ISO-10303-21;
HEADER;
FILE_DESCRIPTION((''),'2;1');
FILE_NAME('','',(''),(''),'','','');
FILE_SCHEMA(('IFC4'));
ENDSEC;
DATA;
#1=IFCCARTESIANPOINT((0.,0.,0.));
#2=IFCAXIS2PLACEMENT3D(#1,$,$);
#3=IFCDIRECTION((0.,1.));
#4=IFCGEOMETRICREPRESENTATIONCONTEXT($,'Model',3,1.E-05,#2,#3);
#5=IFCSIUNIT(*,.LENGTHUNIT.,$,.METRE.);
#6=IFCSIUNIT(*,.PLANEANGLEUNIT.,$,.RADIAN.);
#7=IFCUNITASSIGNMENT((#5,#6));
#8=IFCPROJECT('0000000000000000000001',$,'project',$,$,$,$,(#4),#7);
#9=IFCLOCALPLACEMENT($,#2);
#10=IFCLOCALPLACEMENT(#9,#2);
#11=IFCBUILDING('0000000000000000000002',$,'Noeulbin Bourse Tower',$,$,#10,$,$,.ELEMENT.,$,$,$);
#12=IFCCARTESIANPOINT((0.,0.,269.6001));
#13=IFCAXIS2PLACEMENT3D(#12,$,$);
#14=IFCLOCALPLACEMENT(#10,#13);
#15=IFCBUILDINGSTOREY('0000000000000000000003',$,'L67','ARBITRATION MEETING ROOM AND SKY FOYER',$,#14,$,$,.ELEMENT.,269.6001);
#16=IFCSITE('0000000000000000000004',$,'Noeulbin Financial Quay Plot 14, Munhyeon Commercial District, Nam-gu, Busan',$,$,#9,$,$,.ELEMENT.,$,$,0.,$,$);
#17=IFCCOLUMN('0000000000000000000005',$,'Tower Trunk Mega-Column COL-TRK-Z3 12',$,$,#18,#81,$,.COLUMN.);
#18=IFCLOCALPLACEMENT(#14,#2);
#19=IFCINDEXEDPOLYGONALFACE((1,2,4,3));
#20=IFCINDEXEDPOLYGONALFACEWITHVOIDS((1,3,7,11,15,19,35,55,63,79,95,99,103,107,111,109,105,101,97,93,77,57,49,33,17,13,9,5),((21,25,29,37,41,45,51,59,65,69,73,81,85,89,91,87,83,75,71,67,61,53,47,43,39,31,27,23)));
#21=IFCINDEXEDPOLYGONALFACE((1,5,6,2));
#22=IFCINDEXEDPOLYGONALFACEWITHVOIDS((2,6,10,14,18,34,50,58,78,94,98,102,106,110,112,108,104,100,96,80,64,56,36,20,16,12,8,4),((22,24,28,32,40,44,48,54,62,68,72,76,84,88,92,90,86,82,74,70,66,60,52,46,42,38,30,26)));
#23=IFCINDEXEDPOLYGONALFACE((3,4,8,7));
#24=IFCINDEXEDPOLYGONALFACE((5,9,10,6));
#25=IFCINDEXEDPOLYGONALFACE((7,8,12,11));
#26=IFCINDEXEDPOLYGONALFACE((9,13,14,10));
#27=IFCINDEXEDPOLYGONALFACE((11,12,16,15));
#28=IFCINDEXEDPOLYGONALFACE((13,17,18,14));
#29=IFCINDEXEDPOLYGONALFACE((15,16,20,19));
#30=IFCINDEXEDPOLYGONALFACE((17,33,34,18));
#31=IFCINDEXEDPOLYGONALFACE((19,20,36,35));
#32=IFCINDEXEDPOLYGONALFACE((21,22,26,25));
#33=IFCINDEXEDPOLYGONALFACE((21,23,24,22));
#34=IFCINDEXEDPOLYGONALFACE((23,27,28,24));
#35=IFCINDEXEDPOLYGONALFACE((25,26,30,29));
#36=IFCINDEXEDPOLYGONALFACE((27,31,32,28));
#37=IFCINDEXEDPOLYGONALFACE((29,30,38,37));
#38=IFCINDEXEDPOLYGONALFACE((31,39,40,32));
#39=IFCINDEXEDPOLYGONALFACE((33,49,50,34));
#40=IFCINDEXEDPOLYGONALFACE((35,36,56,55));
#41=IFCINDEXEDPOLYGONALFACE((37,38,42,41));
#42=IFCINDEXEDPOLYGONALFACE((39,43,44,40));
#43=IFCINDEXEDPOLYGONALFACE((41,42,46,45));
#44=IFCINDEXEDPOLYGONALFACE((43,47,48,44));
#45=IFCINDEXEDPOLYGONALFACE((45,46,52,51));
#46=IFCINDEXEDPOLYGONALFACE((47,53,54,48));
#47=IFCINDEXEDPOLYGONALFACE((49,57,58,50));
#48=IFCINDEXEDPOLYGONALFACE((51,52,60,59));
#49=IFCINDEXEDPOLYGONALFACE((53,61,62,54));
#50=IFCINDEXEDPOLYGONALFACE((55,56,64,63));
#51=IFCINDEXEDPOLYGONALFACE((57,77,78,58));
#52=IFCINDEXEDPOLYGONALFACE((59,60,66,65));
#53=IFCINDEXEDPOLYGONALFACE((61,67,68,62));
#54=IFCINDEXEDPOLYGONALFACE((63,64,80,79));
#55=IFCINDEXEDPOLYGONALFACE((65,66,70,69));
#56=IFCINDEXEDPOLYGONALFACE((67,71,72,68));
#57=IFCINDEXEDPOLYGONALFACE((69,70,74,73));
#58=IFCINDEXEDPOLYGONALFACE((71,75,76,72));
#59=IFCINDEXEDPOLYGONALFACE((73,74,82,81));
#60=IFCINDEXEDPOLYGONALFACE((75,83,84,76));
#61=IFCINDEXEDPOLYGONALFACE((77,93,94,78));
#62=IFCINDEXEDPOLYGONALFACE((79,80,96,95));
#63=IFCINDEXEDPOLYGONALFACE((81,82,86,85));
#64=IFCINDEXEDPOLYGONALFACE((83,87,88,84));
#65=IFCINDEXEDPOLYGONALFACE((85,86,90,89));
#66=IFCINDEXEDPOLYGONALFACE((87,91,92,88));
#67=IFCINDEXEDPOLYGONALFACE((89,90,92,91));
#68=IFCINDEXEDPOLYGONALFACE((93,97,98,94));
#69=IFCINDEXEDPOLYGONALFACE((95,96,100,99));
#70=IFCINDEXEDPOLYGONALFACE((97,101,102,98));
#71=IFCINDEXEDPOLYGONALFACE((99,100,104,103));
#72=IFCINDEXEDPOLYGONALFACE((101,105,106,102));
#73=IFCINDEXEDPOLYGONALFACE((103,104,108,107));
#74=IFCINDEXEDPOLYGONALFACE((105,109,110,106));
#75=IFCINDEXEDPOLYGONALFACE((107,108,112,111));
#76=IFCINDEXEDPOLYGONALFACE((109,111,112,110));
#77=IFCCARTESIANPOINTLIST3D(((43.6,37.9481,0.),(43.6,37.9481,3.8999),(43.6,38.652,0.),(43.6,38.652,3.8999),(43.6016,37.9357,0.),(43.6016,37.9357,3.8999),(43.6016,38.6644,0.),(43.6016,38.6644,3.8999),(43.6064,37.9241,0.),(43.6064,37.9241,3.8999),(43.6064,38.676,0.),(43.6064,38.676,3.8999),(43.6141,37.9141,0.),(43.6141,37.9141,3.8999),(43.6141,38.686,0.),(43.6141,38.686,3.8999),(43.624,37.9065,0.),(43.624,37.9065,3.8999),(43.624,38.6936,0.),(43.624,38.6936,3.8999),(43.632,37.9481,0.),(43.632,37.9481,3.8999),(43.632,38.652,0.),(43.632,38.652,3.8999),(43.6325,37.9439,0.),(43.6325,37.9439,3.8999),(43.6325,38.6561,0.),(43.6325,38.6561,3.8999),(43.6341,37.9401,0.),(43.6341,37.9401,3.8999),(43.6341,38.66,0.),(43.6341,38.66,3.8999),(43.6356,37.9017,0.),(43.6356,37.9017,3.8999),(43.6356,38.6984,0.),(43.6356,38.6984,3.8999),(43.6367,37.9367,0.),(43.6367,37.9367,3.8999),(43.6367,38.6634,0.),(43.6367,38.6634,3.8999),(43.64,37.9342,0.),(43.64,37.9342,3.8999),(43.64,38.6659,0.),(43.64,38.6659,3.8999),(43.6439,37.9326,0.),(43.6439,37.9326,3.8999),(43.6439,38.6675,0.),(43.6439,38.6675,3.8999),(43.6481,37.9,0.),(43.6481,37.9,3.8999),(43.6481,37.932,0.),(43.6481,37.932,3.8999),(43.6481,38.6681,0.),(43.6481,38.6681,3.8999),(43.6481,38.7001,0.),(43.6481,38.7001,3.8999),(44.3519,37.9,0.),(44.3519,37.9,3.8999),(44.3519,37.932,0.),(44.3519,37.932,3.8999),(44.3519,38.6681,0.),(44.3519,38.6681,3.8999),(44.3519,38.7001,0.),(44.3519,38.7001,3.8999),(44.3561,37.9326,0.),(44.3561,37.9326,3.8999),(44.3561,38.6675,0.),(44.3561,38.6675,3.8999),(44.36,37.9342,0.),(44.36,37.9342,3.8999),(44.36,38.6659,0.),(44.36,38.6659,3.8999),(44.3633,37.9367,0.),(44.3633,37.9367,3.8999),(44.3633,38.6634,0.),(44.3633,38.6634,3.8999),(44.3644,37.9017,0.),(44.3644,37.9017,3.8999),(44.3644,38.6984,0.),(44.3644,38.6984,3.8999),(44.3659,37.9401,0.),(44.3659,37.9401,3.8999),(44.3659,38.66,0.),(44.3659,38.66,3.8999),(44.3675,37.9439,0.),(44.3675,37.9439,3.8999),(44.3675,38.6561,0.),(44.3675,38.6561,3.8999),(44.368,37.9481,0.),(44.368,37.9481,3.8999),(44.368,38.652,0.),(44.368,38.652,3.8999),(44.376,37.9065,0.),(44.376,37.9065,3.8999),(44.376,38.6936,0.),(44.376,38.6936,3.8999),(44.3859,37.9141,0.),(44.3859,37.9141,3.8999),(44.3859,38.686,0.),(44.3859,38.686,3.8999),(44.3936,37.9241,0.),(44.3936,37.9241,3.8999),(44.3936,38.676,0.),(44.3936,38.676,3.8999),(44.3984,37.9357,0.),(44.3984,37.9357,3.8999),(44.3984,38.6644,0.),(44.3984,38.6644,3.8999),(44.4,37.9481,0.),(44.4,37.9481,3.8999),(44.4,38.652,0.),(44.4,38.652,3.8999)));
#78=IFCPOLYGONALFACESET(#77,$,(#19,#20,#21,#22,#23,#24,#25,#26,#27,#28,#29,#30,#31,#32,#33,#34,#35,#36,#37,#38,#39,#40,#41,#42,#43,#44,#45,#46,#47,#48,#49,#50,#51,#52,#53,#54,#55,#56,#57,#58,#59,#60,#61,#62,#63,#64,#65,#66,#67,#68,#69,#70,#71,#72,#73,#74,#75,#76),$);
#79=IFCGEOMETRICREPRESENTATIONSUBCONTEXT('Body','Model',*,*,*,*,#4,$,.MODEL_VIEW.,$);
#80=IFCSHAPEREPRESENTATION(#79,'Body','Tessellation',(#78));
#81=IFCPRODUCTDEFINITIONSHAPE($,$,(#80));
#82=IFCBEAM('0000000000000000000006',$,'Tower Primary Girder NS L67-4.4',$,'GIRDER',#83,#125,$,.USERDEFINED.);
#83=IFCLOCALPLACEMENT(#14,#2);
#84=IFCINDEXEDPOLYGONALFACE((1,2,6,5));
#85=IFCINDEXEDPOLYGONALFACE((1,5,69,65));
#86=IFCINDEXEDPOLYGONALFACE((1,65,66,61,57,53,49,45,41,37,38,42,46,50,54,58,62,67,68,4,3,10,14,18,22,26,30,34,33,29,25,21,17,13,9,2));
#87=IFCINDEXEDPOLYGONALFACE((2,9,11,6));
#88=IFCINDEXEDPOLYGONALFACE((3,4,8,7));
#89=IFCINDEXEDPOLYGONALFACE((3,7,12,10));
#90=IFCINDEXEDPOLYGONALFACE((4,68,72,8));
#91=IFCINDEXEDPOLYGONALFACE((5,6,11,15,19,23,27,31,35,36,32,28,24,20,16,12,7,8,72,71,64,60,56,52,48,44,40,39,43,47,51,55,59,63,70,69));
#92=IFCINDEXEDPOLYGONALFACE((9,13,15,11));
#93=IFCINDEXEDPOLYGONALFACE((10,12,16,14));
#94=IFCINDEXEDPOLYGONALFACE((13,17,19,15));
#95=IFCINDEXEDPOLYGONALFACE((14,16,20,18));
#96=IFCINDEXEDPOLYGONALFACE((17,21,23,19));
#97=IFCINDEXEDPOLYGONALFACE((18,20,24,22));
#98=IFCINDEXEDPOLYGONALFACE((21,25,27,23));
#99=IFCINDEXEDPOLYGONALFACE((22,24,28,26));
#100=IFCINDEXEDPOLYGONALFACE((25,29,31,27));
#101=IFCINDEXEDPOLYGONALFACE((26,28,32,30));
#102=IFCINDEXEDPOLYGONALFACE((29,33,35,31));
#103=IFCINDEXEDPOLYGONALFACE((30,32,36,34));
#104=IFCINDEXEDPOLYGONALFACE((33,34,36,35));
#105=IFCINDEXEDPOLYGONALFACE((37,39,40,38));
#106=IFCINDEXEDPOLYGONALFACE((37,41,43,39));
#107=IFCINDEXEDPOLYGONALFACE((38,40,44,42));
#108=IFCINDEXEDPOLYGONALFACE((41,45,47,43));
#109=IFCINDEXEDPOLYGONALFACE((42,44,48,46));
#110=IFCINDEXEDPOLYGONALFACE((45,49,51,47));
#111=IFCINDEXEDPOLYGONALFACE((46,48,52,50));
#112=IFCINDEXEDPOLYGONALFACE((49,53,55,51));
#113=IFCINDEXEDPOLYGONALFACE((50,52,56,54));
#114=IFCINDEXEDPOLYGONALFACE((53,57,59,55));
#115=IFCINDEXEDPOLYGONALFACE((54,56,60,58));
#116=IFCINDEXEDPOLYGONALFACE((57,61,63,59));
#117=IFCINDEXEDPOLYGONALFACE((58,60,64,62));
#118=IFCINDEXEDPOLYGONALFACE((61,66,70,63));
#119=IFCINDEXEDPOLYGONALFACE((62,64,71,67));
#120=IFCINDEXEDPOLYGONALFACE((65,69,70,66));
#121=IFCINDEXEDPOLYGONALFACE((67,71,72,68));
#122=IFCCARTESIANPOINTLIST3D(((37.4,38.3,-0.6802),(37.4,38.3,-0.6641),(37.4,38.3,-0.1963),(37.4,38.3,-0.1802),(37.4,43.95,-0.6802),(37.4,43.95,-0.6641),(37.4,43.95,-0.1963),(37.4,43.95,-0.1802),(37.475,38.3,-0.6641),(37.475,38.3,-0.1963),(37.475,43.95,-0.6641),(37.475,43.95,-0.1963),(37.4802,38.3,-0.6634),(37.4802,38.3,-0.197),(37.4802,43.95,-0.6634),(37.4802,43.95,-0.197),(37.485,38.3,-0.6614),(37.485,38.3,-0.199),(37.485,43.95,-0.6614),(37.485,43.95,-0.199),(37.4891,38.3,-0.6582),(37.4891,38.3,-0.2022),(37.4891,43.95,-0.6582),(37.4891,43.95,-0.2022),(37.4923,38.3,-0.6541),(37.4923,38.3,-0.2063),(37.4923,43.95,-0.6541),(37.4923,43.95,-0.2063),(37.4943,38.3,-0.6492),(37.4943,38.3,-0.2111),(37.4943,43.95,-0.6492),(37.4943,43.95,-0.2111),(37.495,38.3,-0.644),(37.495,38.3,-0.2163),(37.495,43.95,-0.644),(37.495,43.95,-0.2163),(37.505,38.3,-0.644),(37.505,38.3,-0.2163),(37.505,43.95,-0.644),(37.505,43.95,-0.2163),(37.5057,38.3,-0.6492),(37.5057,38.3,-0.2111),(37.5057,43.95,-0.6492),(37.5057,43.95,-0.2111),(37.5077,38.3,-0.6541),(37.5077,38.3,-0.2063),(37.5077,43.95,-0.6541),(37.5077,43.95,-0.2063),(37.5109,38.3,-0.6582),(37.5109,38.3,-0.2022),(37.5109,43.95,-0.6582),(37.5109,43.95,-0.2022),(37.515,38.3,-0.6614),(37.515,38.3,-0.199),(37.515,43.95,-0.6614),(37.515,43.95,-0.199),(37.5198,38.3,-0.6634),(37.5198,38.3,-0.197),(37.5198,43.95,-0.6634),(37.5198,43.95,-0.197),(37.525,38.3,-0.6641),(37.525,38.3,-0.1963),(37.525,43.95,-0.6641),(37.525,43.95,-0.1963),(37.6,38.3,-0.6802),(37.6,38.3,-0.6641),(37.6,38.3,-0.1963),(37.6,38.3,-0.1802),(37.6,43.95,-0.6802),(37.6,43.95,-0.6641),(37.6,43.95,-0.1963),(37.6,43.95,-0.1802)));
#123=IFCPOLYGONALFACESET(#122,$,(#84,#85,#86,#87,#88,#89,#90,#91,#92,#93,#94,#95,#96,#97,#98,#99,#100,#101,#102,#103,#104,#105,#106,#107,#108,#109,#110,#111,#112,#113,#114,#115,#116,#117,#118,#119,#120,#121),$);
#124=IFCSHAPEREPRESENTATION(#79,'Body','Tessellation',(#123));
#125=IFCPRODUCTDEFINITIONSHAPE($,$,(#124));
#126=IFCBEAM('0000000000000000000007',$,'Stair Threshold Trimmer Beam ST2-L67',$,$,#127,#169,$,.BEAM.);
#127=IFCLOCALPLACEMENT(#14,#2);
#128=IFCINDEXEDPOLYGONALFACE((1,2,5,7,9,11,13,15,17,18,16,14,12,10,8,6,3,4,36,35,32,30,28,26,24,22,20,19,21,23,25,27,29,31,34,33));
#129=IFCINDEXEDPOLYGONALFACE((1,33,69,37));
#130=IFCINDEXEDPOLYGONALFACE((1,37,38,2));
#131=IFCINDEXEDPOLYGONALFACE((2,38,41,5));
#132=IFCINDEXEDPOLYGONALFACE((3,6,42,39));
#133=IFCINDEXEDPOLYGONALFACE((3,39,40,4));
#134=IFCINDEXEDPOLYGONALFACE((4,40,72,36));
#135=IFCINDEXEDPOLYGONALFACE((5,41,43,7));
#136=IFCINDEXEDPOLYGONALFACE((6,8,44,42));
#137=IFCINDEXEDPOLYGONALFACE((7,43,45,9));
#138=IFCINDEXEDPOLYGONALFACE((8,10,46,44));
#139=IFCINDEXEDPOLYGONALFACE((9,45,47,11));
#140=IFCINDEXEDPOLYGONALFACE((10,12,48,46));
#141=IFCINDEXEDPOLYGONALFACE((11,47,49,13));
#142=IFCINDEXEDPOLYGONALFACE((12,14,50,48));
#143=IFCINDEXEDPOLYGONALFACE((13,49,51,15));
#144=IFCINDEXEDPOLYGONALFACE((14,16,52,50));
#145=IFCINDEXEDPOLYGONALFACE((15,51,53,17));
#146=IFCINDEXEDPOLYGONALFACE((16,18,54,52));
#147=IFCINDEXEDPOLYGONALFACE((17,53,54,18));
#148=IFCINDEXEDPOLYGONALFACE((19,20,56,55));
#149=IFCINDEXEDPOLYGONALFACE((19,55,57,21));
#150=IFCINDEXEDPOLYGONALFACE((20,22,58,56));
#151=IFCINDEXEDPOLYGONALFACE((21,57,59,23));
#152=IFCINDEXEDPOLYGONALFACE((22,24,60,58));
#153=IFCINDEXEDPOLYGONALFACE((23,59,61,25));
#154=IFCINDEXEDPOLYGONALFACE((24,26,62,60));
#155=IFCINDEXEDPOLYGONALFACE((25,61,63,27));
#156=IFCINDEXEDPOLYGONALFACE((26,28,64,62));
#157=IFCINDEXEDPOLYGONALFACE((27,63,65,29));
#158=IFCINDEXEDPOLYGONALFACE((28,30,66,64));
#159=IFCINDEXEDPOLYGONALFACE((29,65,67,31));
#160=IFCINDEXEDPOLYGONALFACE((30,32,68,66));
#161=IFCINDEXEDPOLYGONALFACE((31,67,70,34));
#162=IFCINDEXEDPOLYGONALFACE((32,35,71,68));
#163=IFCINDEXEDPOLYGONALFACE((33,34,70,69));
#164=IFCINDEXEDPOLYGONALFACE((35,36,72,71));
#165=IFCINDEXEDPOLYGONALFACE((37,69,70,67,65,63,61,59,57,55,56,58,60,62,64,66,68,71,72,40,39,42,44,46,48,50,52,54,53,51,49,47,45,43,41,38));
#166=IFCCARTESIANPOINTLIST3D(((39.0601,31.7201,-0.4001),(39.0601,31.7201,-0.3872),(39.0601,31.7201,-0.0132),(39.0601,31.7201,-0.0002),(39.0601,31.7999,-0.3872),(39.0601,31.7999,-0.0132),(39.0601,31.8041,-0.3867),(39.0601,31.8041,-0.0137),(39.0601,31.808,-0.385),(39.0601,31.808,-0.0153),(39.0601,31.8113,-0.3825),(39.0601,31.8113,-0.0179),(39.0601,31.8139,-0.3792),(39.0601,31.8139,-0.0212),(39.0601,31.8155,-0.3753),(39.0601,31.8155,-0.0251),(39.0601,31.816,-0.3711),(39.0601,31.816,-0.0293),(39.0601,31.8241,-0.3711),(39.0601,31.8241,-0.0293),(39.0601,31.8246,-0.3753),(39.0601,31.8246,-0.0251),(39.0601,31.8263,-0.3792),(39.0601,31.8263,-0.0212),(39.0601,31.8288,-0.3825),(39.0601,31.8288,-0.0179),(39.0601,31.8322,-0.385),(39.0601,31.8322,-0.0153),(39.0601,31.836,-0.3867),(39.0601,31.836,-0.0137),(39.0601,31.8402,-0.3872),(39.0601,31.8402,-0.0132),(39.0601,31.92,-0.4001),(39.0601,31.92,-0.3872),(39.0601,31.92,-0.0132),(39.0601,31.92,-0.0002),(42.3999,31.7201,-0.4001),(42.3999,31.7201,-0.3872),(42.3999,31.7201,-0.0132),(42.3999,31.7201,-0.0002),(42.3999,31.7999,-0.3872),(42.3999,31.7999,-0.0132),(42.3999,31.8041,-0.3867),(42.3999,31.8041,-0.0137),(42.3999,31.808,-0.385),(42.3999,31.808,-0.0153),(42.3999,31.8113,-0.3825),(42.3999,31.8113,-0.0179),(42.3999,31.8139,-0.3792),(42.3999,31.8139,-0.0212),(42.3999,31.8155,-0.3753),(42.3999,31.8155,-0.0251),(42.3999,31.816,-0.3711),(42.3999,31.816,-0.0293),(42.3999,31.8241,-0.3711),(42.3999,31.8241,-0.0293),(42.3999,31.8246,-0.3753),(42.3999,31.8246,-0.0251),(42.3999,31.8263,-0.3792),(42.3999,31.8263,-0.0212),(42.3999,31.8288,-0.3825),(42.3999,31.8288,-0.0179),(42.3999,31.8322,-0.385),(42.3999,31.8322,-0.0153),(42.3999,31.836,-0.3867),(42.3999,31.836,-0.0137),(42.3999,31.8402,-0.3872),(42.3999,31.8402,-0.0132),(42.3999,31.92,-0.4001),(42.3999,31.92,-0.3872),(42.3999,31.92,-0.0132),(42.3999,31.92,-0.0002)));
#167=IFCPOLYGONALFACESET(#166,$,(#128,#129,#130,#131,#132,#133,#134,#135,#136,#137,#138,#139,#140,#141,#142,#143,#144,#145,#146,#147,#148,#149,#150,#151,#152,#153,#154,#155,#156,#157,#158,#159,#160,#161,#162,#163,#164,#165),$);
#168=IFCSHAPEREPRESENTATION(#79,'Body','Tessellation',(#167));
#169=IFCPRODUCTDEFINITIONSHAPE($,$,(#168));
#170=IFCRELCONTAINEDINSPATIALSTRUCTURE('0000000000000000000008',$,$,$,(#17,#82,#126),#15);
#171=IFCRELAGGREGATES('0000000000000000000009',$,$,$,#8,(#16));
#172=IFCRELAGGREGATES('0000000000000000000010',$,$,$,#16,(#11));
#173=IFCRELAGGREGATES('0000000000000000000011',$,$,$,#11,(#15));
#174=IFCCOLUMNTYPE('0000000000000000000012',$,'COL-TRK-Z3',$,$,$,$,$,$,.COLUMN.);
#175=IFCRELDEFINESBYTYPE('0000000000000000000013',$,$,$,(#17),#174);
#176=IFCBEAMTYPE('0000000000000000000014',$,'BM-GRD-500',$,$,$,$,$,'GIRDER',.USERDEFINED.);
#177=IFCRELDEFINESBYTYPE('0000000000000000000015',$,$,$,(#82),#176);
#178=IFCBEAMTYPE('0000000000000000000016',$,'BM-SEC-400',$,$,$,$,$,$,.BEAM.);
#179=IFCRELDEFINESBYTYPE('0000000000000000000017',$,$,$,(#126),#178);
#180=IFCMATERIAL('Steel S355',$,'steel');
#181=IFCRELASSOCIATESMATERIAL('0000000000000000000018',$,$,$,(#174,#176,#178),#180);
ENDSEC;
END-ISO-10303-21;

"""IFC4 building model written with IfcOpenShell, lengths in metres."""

from ifc_helpers import new_model, si_unit, direction, frame, origin, origin_2d, place, context, subcontext, project, spatial, hollow_rectangle, i_section, extrude, material, material_profile, profile_set, type_object, element, save


model = new_model("IFC4")

# Units and contexts
model_context = context("Model", 3, precision=1e-05, world=origin(), true_north=direction((0.0, 1.0)))
body_context = subcontext(model_context, "Body", "Model", "MODEL_VIEW")
ifc_project = project(units=[si_unit("LENGTHUNIT", "METRE"), si_unit("PLANEANGLEUNIT", "RADIAN")], contexts=[model_context])

# Site, building, storey
site_placement = place(None, origin())
site = spatial("IfcSite", under=ifc_project, at=site_placement, Name="Noeulbin Financial Quay Plot 14, Munhyeon Commercial District, Nam-gu, Busan", CompositionType="ELEMENT", RefElevation=0.0)
building_placement = place(site_placement, origin())
building = spatial("IfcBuilding", under=site, at=building_placement, Name="Noeulbin Bourse Tower", CompositionType="ELEMENT")
storey_placement = place(building_placement, frame((0.0, 0.0, 269.6001)))
storey = spatial("IfcBuildingStorey", under=building, at=storey_placement, Name="L67", Description="ARBITRATION MEETING ROOM AND SKY FOYER", CompositionType="ELEMENT", Elevation=269.6001)

# Column
ifc_material_1 = material(Name="Steel S355", Category="steel")
ifc_material_profile_1 = material_profile(ifc_material_1, hollow_rectangle(XDim=0.8, YDim=0.8, WallThickness=0.032, InnerFilletRadius=0.0161, OuterFilletRadius=0.0481, at=origin_2d()), Name="BOX-800x800x32", Category="LoadBearing")
ifc_profile_set_1 = profile_set([ifc_material_profile_1], Name="Steel S355")
column_type_1 = type_object("IfcColumnType", Name="COL-TRK-Z3", PredefinedType="COLUMN", material=ifc_profile_set_1)
for number, where, z_axis, x_axis, name in (
    (1, (44.0, 38.3, 0.0), (0.0, 0.0, 1.0), (1.0, 0.0, 0.0), "Tower Trunk Mega-Column COL-TRK-Z3 12"),
):
    element("IfcColumn", number, at=place(storey_placement, frame(where, z_axis=z_axis, x_axis=x_axis)), inside=storey, type_object=column_type_1, Name=name, PredefinedType="COLUMN", context=body_context, shape_type="SweptSolid", body=[
        extrude(hollow_rectangle(XDim=0.8, YDim=0.8, WallThickness=0.032, InnerFilletRadius=0.0161, OuterFilletRadius=0.0481, at=origin_2d()), origin(), (0.0, 0.0, 1.0), 3.8999),
    ])

# Beams
ifc_material_profile_2 = material_profile(ifc_material_1, i_section(OverallWidth=0.2, OverallDepth=0.5, WebThickness=0.01, FlangeThickness=0.0161, FilletRadius=0.02, at=origin_2d()), Name="H-500x200x10x16", Category="LoadBearing")
ifc_profile_set_2 = profile_set([ifc_material_profile_2], Name="Steel S355")
beam_type_1 = type_object("IfcBeamType", Name="BM-GRD-500", ElementType="GIRDER", PredefinedType="USERDEFINED", material=ifc_profile_set_2)
beam_1_placement = place(storey_placement, frame((37.5, 38.3, -0.4302), z_axis=(0.0, 1.0, 0.0), x_axis=(-1.0, 0.0, 0.0)))
element("IfcBeam", 2, at=beam_1_placement, inside=storey, type_object=beam_type_1, Name="Tower Primary Girder NS L67-4.4", ObjectType="GIRDER", PredefinedType="USERDEFINED", context=body_context, shape_type="SweptSolid", body=[
    extrude(i_section(OverallWidth=0.2, OverallDepth=0.5, WebThickness=0.01, FlangeThickness=0.0161, FilletRadius=0.02, at=origin_2d()), origin(), (0.0, 0.0, 1.0), 5.6499),
])
ifc_material_profile_3 = material_profile(ifc_material_1, i_section(OverallWidth=0.2, OverallDepth=0.3999, WebThickness=0.0081, FlangeThickness=0.0129, FilletRadius=0.0161, at=origin_2d()), Name="H-400x200x8x13", Category="LoadBearing")
ifc_profile_set_3 = profile_set([ifc_material_profile_3], Name="Steel S355")
beam_type_2 = type_object("IfcBeamType", Name="BM-SEC-400", PredefinedType="BEAM", material=ifc_profile_set_3)
beam_2_placement = place(storey_placement, frame((39.0601, 31.8201, -0.2002), z_axis=(1.0, 0.0, 0.0), x_axis=(0.0, 1.0, 0.0)))
element("IfcBeam", 3, at=beam_2_placement, inside=storey, type_object=beam_type_2, Name="Stair Threshold Trimmer Beam ST2-L67", PredefinedType="BEAM", context=body_context, shape_type="SweptSolid", body=[
    extrude(i_section(OverallWidth=0.2, OverallDepth=0.3999, WebThickness=0.0081, FlangeThickness=0.0129, FilletRadius=0.0161, at=origin_2d()), origin(), (0.0, 0.0, 1.0), 3.3398),
])

save(model, "model.ifc")
